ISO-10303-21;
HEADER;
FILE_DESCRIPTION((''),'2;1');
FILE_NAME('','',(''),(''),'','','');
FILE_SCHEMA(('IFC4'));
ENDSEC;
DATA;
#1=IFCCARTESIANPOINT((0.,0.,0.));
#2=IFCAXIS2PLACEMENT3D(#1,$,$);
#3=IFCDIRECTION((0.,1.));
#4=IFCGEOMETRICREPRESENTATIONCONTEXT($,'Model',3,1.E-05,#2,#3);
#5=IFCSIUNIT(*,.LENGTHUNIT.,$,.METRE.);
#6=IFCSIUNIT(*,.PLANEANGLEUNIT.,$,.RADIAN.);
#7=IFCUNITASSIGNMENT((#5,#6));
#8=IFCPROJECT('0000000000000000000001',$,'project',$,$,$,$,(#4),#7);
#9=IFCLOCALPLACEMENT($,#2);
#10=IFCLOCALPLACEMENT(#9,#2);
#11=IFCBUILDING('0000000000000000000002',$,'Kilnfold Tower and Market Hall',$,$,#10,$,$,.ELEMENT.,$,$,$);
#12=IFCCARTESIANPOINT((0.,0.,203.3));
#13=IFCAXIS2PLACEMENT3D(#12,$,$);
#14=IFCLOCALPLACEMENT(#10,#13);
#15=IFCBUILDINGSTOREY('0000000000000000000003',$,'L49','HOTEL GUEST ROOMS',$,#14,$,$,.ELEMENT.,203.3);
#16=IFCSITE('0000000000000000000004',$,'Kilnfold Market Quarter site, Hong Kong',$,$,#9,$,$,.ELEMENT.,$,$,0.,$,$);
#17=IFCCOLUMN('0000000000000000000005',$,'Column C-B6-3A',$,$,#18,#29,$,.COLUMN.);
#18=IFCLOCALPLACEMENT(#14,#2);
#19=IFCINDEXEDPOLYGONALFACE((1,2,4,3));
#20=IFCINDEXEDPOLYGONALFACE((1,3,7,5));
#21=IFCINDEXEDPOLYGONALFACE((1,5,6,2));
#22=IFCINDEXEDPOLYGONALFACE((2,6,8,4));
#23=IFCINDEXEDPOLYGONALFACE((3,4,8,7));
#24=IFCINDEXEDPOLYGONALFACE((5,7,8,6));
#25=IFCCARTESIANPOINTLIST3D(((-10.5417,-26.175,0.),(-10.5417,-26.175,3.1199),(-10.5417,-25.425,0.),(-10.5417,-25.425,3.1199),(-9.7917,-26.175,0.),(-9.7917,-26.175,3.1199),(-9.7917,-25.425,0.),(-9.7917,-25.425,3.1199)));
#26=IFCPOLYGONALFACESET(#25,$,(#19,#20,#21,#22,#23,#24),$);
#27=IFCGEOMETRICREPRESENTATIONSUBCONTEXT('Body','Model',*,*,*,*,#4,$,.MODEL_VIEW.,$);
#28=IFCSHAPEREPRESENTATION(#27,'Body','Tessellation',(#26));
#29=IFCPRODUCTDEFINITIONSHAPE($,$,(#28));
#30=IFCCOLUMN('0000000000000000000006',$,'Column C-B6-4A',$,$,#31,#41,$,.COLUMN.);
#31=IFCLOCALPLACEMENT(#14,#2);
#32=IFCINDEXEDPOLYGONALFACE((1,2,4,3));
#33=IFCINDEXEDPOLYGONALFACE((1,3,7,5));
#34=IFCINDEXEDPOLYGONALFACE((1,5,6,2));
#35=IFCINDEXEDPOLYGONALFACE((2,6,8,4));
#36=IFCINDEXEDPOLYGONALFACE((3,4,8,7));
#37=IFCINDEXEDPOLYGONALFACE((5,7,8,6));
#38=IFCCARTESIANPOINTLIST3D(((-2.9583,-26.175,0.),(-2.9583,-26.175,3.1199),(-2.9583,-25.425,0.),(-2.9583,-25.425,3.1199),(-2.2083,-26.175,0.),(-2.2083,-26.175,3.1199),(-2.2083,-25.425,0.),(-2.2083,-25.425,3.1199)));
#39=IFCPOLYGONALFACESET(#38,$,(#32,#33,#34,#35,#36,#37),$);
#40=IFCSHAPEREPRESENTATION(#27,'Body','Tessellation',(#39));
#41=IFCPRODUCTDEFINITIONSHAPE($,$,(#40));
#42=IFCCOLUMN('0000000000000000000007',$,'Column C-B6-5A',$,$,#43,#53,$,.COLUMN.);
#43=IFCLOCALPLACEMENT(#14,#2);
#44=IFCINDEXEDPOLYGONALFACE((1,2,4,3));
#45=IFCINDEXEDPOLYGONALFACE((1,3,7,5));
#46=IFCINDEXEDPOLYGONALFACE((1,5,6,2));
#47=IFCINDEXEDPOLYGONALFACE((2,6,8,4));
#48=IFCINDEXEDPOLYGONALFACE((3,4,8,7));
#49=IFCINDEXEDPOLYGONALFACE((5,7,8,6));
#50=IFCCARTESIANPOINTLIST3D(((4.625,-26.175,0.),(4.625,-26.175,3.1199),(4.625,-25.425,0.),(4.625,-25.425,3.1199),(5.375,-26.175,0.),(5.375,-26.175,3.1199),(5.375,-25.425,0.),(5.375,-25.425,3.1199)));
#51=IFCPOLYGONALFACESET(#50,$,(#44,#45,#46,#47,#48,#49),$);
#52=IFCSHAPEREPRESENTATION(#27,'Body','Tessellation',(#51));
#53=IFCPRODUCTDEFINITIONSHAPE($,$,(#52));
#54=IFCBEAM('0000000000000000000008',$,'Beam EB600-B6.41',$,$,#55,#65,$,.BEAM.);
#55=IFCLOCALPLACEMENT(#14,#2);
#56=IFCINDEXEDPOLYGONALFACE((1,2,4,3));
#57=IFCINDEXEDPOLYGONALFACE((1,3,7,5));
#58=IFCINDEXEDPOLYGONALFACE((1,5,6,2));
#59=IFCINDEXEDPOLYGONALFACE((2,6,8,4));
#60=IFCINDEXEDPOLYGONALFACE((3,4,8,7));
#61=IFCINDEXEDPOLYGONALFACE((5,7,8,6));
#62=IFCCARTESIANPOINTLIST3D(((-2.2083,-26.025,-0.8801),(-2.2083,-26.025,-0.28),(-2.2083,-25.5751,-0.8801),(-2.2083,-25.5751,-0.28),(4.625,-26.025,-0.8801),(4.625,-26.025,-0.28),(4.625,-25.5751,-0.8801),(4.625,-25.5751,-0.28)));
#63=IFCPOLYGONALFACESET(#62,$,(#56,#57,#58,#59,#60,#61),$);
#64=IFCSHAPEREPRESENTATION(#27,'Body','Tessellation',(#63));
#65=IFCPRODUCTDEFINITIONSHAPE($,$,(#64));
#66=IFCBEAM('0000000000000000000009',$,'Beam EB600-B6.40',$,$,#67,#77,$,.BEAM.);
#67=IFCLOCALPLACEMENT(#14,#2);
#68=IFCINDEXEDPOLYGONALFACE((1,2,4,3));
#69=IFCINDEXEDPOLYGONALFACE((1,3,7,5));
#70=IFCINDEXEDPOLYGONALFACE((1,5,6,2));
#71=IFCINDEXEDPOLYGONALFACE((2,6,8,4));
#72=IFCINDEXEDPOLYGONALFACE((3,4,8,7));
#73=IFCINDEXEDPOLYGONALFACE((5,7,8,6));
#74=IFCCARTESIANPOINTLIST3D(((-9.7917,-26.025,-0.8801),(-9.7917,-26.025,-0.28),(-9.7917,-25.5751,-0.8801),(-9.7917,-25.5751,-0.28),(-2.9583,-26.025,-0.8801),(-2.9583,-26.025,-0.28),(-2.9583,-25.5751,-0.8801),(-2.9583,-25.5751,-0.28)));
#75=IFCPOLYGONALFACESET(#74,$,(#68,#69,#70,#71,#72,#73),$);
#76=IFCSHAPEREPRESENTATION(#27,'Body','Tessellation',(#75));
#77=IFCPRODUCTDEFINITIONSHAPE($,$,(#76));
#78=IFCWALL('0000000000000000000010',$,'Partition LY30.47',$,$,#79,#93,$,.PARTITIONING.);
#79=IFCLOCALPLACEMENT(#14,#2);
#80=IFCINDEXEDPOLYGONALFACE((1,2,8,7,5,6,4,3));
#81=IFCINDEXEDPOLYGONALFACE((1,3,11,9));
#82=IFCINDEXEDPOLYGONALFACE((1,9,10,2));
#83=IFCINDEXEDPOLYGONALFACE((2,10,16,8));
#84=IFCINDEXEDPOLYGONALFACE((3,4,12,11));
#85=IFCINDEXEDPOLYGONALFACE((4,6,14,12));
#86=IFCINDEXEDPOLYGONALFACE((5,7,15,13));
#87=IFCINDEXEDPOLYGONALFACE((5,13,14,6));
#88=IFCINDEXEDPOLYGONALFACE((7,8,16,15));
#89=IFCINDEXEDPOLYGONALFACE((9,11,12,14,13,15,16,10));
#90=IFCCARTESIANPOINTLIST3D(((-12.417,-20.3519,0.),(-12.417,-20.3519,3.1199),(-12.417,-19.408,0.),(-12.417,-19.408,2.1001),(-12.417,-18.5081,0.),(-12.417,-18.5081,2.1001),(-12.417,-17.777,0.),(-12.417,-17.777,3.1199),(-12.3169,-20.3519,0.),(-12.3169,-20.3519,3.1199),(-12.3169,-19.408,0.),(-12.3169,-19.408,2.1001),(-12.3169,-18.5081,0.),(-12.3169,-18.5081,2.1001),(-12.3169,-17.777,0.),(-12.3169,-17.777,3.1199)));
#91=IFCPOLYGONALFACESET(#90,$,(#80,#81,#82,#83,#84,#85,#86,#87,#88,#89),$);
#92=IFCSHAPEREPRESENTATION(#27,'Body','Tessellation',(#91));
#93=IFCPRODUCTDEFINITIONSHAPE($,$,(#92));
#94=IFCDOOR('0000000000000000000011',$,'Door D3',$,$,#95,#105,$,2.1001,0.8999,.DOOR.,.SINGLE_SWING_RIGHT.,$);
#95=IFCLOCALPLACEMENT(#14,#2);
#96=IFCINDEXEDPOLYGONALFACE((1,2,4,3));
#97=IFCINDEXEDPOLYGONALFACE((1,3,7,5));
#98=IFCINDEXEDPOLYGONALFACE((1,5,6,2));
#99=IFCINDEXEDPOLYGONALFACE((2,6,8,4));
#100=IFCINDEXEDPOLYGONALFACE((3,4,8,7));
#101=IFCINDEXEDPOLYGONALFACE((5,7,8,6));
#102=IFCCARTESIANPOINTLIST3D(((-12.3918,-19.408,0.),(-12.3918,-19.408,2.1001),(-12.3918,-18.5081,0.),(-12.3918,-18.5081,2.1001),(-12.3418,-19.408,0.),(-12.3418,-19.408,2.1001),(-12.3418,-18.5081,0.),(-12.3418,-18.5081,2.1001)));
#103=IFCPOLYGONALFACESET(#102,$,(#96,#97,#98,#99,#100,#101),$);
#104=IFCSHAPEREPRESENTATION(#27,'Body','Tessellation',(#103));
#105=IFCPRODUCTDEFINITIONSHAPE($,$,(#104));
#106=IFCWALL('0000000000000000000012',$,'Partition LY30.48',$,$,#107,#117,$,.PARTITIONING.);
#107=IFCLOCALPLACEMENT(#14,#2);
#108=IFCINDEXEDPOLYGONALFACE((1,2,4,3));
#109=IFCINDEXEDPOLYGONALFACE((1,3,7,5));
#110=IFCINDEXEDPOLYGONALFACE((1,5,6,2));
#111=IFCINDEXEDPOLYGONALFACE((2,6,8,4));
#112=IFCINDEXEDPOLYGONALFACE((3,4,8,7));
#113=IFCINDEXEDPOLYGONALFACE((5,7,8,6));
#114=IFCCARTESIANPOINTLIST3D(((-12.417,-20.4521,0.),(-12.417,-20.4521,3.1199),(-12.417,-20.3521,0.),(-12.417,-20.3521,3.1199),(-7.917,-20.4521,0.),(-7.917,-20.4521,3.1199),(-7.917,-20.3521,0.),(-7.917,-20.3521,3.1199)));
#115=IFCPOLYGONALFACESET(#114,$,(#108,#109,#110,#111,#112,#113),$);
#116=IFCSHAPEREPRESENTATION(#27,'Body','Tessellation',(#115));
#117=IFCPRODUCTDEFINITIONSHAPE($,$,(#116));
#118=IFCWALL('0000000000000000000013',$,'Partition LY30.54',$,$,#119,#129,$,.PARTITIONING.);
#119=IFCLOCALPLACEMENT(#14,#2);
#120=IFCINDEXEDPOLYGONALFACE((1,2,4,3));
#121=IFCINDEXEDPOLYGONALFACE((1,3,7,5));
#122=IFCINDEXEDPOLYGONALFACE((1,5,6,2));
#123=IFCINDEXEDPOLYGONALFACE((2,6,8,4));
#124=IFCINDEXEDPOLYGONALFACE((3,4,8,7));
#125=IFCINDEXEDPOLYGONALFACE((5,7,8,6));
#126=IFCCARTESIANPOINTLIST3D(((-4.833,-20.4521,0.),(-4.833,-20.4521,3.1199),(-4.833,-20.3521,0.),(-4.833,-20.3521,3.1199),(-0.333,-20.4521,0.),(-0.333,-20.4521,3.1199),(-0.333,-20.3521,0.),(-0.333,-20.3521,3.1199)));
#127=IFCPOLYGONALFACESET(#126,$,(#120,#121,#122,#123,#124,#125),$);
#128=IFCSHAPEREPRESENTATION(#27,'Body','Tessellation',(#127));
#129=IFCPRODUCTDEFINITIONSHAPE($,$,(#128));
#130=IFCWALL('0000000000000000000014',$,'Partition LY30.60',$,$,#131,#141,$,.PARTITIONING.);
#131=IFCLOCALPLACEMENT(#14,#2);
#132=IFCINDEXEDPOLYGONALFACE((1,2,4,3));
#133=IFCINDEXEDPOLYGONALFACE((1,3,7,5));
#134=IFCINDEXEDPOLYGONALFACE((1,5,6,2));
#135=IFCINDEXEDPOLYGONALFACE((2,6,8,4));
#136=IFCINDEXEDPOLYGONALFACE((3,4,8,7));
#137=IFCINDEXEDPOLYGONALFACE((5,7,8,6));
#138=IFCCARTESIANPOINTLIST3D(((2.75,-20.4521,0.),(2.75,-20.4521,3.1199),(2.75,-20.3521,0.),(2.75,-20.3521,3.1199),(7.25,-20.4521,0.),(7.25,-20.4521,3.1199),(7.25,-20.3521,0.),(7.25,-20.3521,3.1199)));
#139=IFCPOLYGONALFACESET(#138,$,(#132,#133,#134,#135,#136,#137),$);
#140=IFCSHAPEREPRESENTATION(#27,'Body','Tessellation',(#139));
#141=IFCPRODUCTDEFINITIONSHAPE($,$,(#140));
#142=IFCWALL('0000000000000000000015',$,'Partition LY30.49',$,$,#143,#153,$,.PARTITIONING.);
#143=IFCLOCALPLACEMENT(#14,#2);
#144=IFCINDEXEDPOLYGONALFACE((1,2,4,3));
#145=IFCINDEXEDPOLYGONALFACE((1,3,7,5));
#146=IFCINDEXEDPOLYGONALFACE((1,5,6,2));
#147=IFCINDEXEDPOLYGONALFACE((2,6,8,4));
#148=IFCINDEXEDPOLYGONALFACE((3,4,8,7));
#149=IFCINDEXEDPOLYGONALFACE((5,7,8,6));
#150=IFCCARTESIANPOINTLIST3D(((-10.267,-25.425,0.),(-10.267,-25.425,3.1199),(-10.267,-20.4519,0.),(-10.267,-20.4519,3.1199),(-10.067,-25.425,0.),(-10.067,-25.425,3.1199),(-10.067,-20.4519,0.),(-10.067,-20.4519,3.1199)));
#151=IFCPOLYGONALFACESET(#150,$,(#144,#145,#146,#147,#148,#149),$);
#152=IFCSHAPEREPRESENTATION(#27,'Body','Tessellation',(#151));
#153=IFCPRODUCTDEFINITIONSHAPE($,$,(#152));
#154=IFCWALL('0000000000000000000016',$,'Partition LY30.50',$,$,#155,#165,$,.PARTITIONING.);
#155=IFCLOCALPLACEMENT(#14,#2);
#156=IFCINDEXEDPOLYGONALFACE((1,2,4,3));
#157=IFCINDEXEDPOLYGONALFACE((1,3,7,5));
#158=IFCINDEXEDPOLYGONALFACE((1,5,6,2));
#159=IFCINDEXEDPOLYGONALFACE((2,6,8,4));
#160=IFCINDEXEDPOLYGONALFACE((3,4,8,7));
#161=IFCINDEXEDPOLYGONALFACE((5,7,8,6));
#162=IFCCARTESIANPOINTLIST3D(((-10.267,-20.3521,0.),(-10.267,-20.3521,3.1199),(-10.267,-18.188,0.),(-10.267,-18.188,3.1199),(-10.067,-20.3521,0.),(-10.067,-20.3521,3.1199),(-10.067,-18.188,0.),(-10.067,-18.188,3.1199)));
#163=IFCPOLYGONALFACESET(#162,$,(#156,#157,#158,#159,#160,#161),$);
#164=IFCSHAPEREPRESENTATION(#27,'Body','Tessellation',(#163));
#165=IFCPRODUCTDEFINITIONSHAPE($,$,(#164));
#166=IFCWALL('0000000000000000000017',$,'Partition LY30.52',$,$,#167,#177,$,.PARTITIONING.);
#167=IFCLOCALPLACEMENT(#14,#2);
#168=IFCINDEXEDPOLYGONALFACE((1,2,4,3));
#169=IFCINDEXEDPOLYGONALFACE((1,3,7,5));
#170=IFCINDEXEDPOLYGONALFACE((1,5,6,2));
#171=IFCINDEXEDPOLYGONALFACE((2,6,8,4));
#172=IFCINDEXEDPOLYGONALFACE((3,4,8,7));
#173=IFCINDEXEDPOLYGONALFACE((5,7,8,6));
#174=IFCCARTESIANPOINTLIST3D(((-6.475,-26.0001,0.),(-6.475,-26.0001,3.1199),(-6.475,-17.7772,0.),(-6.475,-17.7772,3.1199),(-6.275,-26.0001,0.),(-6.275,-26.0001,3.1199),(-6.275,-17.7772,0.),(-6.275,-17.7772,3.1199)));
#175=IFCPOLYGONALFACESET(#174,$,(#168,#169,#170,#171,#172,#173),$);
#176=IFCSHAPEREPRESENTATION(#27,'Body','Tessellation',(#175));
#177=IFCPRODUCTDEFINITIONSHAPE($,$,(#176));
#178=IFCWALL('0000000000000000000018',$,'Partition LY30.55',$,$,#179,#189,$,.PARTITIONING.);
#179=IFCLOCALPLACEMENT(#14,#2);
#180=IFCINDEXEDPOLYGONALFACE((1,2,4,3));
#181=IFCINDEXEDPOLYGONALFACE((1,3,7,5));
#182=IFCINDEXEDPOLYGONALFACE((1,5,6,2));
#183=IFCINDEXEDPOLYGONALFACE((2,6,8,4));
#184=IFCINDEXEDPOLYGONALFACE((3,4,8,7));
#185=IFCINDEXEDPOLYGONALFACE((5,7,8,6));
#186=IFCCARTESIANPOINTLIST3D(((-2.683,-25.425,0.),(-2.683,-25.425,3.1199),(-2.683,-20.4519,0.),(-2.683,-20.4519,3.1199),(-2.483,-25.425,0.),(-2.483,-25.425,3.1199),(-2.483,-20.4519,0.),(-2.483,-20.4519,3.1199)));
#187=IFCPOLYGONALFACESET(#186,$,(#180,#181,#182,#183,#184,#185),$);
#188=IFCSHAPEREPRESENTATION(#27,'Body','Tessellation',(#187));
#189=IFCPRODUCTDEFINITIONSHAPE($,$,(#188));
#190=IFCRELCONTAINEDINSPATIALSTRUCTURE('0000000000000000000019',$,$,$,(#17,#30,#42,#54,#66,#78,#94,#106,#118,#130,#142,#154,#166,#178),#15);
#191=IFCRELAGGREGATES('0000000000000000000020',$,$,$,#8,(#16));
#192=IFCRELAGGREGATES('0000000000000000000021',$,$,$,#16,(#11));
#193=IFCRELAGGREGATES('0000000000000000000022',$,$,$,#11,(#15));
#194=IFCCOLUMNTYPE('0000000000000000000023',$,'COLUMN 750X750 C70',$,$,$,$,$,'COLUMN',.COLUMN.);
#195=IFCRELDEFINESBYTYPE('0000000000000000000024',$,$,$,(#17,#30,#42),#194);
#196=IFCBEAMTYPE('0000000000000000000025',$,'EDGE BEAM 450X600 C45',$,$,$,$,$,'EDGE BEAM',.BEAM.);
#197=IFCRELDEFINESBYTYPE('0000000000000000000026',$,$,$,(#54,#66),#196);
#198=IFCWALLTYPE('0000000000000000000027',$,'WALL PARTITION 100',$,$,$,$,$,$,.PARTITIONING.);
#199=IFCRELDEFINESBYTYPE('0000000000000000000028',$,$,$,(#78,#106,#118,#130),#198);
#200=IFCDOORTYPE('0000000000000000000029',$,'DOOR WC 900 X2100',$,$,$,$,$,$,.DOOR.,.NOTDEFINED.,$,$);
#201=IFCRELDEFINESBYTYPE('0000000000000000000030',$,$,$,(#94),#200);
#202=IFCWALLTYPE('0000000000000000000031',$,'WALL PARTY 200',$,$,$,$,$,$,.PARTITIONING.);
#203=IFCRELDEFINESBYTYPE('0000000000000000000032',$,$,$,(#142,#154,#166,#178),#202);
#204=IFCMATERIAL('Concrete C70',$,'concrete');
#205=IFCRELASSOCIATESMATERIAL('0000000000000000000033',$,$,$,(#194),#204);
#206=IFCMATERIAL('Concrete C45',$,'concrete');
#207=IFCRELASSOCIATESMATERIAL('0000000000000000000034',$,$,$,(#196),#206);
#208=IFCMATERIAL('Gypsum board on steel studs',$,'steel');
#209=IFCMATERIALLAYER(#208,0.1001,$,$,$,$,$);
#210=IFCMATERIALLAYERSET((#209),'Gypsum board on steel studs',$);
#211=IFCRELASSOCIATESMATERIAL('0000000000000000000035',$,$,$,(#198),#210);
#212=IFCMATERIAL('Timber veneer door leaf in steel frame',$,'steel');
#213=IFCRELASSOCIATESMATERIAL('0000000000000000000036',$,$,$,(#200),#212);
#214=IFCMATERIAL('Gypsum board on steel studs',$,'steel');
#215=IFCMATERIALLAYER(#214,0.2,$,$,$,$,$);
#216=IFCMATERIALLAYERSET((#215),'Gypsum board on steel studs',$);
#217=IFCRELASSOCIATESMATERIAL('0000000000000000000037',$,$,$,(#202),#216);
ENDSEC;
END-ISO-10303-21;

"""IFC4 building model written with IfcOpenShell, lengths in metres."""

from ifc_helpers import new_model, si_unit, direction, frame, frame_2d, origin, origin_2d, place, context, subcontext, project, spatial, rectangle, extrude, source, transform, mapped, material, layer, layer_set, material_profile, profile_set, type_object, element, fill, save


model = new_model("IFC4")

# Units and contexts
model_context = context("Model", 3, precision=1e-05, world=origin(), true_north=direction((0.0, 1.0)))
body_context = subcontext(model_context, "Body", "Model", "MODEL_VIEW")
ifc_project = project(units=[si_unit("LENGTHUNIT", "METRE"), si_unit("PLANEANGLEUNIT", "RADIAN")], contexts=[model_context])

# Site, building, storey
site_placement = place(None, origin())
site = spatial("IfcSite", under=ifc_project, at=site_placement, Name="Kilnfold Market Quarter site, Hong Kong", CompositionType="ELEMENT", RefElevation=0.0)
building_placement = place(site_placement, origin())
building = spatial("IfcBuilding", under=site, at=building_placement, Name="Kilnfold Tower and Market Hall", CompositionType="ELEMENT")
storey_placement = place(building_placement, frame((0.0, 0.0, 203.3)))
storey = spatial("IfcBuildingStorey", under=building, at=storey_placement, Name="L49", Description="HOTEL GUEST ROOMS", CompositionType="ELEMENT", Elevation=203.3)

# Columns
ifc_material_1 = material(Name="Concrete C70", Category="concrete")
ifc_material_profile_1 = material_profile(ifc_material_1, rectangle(XDim=0.75, YDim=0.75, at=origin_2d()), Name="RC 750x750")
ifc_profile_set_1 = profile_set([ifc_material_profile_1], Name="Concrete C70")
column_type = type_object("IfcColumnType", Name="COLUMN 750X750 C70", ElementType="COLUMN", PredefinedType="COLUMN", material=ifc_profile_set_1)
shared_shape_1 = source(origin(), body_context, "Body", "SweptSolid", [
    extrude(rectangle(XDim=0.75, YDim=0.75, at=origin_2d()), origin(), (0.0, 0.0, 1.0), 3.1199),
])
for number, where, z_axis, x_axis, name in (
    (1, (-10.1667, -25.8, 0.0), (0.0, 0.0, 1.0), (1.0, 0.0, 0.0), "Column C-B6-3A"),
    (2, (-2.5833, -25.8, 0.0), (0.0, 0.0, 1.0), (1.0, 0.0, 0.0), "Column C-B6-4A"),
    (3, (5.0, -25.8, 0.0), (0.0, 0.0, 1.0), (1.0, 0.0, 0.0), "Column C-B6-5A"),
):
    element("IfcColumn", number, at=place(storey_placement, frame(where, z_axis=z_axis, x_axis=x_axis)), inside=storey, type_object=column_type, Name=name, PredefinedType="COLUMN", context=body_context, shape_type="MappedRepresentation", body=[
        mapped(shared_shape_1, transform((0.0, 0.0, 0.0))),
    ])

# Beams
ifc_material_2 = material(Name="Concrete C45", Category="concrete")
ifc_material_profile_2 = material_profile(ifc_material_2, rectangle(XDim=0.45, YDim=0.6001, at=origin_2d()), Name="RC 450x600")
ifc_profile_set_2 = profile_set([ifc_material_profile_2], Name="Concrete C45")
beam_type = type_object("IfcBeamType", Name="EDGE BEAM 450X600 C45", ElementType="EDGE BEAM", PredefinedType="BEAM", material=ifc_profile_set_2)
shared_shape_2 = source(origin(), body_context, "Body", "SweptSolid", [
    extrude(rectangle(XDim=0.45, YDim=0.6001, at=origin_2d()), origin(), (0.0, 0.0, 1.0), 6.8333),
])
beam_1_placement = place(storey_placement, frame((-2.2083, -25.8, -0.5801), z_axis=(1.0, 0.0, 0.0), x_axis=(0.0, 1.0, 0.0)))
element("IfcBeam", 4, at=beam_1_placement, inside=storey, type_object=beam_type, Name="Beam EB600-B6.41", PredefinedType="BEAM", context=body_context, shape_type="MappedRepresentation", body=[
    mapped(shared_shape_2, transform((0.0, 0.0, 0.0))),
])
shared_shape_3 = source(origin(), body_context, "Body", "SweptSolid", [
    extrude(rectangle(XDim=0.45, YDim=0.6001, at=origin_2d()), origin(), (0.0, 0.0, 1.0), 6.8335),
])
beam_2_placement = place(storey_placement, frame((-9.7917, -25.8, -0.5801), z_axis=(1.0, 0.0, 0.0), x_axis=(0.0, 1.0, 0.0)))
element("IfcBeam", 5, at=beam_2_placement, inside=storey, type_object=beam_type, Name="Beam EB600-B6.40", PredefinedType="BEAM", context=body_context, shape_type="MappedRepresentation", body=[
    mapped(shared_shape_3, transform((0.0, 0.0, 0.0))),
])

# Wall, opening, door
ifc_material_3 = material(Name="Gypsum board on steel studs", Category="steel")
ifc_layer_1 = layer(ifc_material_3, 0.1001)
ifc_layer_set_1 = layer_set([ifc_layer_1], Name="Gypsum board on steel studs")
wall_type_1 = type_object("IfcWallType", Name="WALL PARTITION 100", PredefinedType="PARTITIONING", material=ifc_layer_set_1)
wall_1_placement = place(storey_placement, frame((-12.3669, -20.3521, 0.0), z_axis=(0.0, 0.0, 1.0), x_axis=(0.0, 1.0, 0.0)))
wall_1 = element("IfcWall", 6, at=wall_1_placement, inside=storey, type_object=wall_type_1, Name="Partition LY30.47", PredefinedType="PARTITIONING", context=body_context, shape_type="SweptSolid", body=[
    extrude(rectangle(XDim=2.575, YDim=0.1001, at=frame_2d((1.2876, 0.0))), origin(), (0.0, 0.0, 1.0), 3.1199),
])
opening_1_placement = place(wall_1_placement, frame((0.9441, 0.0, 0.0)))
opening_1 = element("IfcOpeningElement", 7, at=opening_1_placement, cuts=wall_1, PredefinedType="OPENING", context=body_context, shape_type="SweptSolid", body=[
    extrude(rectangle(XDim=0.8999, YDim=2.1001, at=frame_2d((0.45, 1.05))), frame((0.0, 0.0601, 0.0), z_axis=(0.0, -1.0, 0.0), x_axis=(1.0, 0.0, 0.0)), (0.0, 0.0, 1.0), 0.1201),
])
ifc_material_4 = material(Name="Timber veneer door leaf in steel frame", Category="steel")
door_type = type_object("IfcDoorType", Name="DOOR WC 900 X2100", OperationType="NOTDEFINED", PredefinedType="DOOR", material=ifc_material_4)
door_placement = place(opening_1_placement, origin())
door = element("IfcDoor", 8, at=door_placement, inside=storey, type_object=door_type, Name="Door D3", OperationType="SINGLE_SWING_RIGHT", OverallHeight=2.1001, OverallWidth=0.8999, PredefinedType="DOOR", context=body_context, shape_type="SweptSolid", body=[
    extrude(rectangle(XDim=0.8999, YDim=2.1001, at=frame_2d((0.45, 1.05))), frame((0.0, 0.0249, 0.0), z_axis=(0.0, -1.0, 0.0), x_axis=(1.0, 0.0, 0.0)), (0.0, 0.0, 1.0), 0.05),
])
fill(opening_1, door)

# Walls
for number, where, z_axis, x_axis, name in (
    (9, (-12.417, -20.4021, 0.0), (0.0, 0.0, 1.0), (1.0, 0.0, 0.0), "Partition LY30.48"),
    (10, (-4.833, -20.4021, 0.0), (0.0, 0.0, 1.0), (1.0, 0.0, 0.0), "Partition LY30.54"),
    (11, (2.75, -20.4021, 0.0), (0.0, 0.0, 1.0), (1.0, 0.0, 0.0), "Partition LY30.60"),
):
    element("IfcWall", number, at=place(storey_placement, frame(where, z_axis=z_axis, x_axis=x_axis)), inside=storey, type_object=wall_type_1, Name=name, PredefinedType="PARTITIONING", context=body_context, shape_type="SweptSolid", body=[
        extrude(rectangle(XDim=4.5, YDim=0.1001, at=frame_2d((2.25, 0.0))), origin(), (0.0, 0.0, 1.0), 3.1199),
    ])
ifc_material_5 = material(Name="Gypsum board on steel studs", Category="steel")
ifc_layer_2 = layer(ifc_material_5, 0.2)
ifc_layer_set_2 = layer_set([ifc_layer_2], Name="Gypsum board on steel studs")
wall_type_2 = type_object("IfcWallType", Name="WALL PARTY 200", PredefinedType="PARTITIONING", material=ifc_layer_set_2)
wall_2_placement = place(storey_placement, frame((-10.167, -25.425, 0.0), z_axis=(0.0, 0.0, 1.0), x_axis=(0.0, 1.0, 0.0)))
element("IfcWall", 12, at=wall_2_placement, inside=storey, type_object=wall_type_2, Name="Partition LY30.49", PredefinedType="PARTITIONING", context=body_context, shape_type="SweptSolid", body=[
    extrude(rectangle(XDim=4.9731, YDim=0.2, at=frame_2d((2.4866, 0.0))), origin(), (0.0, 0.0, 1.0), 3.1199),
])
wall_3_placement = place(storey_placement, frame((-10.167, -20.3521, 0.0), z_axis=(0.0, 0.0, 1.0), x_axis=(0.0, 1.0, 0.0)))
element("IfcWall", 13, at=wall_3_placement, inside=storey, type_object=wall_type_2, Name="Partition LY30.50", PredefinedType="PARTITIONING", context=body_context, shape_type="SweptSolid", body=[
    extrude(rectangle(XDim=2.1641, YDim=0.2, at=frame_2d((1.082, 0.0))), origin(), (0.0, 0.0, 1.0), 3.1199),
])
wall_4_placement = place(storey_placement, frame((-6.375, -26.0, 0.0), z_axis=(0.0, 0.0, 1.0), x_axis=(0.0, 1.0, 0.0)))
element("IfcWall", 14, at=wall_4_placement, inside=storey, type_object=wall_type_2, Name="Partition LY30.52", PredefinedType="PARTITIONING", context=body_context, shape_type="SweptSolid", body=[
    extrude(rectangle(XDim=8.2229, YDim=0.2, at=frame_2d((4.1113, 0.0))), origin(), (0.0, 0.0, 1.0), 3.1199),
])
wall_5_placement = place(storey_placement, frame((-2.583, -25.425, 0.0), z_axis=(0.0, 0.0, 1.0), x_axis=(0.0, 1.0, 0.0)))
element("IfcWall", 15, at=wall_5_placement, inside=storey, type_object=wall_type_2, Name="Partition LY30.55", PredefinedType="PARTITIONING", context=body_context, shape_type="SweptSolid", body=[
    extrude(rectangle(XDim=4.9731, YDim=0.2, at=frame_2d((2.4866, 0.0))), origin(), (0.0, 0.0, 1.0), 3.1199),
])

save(model, "model.ifc")
